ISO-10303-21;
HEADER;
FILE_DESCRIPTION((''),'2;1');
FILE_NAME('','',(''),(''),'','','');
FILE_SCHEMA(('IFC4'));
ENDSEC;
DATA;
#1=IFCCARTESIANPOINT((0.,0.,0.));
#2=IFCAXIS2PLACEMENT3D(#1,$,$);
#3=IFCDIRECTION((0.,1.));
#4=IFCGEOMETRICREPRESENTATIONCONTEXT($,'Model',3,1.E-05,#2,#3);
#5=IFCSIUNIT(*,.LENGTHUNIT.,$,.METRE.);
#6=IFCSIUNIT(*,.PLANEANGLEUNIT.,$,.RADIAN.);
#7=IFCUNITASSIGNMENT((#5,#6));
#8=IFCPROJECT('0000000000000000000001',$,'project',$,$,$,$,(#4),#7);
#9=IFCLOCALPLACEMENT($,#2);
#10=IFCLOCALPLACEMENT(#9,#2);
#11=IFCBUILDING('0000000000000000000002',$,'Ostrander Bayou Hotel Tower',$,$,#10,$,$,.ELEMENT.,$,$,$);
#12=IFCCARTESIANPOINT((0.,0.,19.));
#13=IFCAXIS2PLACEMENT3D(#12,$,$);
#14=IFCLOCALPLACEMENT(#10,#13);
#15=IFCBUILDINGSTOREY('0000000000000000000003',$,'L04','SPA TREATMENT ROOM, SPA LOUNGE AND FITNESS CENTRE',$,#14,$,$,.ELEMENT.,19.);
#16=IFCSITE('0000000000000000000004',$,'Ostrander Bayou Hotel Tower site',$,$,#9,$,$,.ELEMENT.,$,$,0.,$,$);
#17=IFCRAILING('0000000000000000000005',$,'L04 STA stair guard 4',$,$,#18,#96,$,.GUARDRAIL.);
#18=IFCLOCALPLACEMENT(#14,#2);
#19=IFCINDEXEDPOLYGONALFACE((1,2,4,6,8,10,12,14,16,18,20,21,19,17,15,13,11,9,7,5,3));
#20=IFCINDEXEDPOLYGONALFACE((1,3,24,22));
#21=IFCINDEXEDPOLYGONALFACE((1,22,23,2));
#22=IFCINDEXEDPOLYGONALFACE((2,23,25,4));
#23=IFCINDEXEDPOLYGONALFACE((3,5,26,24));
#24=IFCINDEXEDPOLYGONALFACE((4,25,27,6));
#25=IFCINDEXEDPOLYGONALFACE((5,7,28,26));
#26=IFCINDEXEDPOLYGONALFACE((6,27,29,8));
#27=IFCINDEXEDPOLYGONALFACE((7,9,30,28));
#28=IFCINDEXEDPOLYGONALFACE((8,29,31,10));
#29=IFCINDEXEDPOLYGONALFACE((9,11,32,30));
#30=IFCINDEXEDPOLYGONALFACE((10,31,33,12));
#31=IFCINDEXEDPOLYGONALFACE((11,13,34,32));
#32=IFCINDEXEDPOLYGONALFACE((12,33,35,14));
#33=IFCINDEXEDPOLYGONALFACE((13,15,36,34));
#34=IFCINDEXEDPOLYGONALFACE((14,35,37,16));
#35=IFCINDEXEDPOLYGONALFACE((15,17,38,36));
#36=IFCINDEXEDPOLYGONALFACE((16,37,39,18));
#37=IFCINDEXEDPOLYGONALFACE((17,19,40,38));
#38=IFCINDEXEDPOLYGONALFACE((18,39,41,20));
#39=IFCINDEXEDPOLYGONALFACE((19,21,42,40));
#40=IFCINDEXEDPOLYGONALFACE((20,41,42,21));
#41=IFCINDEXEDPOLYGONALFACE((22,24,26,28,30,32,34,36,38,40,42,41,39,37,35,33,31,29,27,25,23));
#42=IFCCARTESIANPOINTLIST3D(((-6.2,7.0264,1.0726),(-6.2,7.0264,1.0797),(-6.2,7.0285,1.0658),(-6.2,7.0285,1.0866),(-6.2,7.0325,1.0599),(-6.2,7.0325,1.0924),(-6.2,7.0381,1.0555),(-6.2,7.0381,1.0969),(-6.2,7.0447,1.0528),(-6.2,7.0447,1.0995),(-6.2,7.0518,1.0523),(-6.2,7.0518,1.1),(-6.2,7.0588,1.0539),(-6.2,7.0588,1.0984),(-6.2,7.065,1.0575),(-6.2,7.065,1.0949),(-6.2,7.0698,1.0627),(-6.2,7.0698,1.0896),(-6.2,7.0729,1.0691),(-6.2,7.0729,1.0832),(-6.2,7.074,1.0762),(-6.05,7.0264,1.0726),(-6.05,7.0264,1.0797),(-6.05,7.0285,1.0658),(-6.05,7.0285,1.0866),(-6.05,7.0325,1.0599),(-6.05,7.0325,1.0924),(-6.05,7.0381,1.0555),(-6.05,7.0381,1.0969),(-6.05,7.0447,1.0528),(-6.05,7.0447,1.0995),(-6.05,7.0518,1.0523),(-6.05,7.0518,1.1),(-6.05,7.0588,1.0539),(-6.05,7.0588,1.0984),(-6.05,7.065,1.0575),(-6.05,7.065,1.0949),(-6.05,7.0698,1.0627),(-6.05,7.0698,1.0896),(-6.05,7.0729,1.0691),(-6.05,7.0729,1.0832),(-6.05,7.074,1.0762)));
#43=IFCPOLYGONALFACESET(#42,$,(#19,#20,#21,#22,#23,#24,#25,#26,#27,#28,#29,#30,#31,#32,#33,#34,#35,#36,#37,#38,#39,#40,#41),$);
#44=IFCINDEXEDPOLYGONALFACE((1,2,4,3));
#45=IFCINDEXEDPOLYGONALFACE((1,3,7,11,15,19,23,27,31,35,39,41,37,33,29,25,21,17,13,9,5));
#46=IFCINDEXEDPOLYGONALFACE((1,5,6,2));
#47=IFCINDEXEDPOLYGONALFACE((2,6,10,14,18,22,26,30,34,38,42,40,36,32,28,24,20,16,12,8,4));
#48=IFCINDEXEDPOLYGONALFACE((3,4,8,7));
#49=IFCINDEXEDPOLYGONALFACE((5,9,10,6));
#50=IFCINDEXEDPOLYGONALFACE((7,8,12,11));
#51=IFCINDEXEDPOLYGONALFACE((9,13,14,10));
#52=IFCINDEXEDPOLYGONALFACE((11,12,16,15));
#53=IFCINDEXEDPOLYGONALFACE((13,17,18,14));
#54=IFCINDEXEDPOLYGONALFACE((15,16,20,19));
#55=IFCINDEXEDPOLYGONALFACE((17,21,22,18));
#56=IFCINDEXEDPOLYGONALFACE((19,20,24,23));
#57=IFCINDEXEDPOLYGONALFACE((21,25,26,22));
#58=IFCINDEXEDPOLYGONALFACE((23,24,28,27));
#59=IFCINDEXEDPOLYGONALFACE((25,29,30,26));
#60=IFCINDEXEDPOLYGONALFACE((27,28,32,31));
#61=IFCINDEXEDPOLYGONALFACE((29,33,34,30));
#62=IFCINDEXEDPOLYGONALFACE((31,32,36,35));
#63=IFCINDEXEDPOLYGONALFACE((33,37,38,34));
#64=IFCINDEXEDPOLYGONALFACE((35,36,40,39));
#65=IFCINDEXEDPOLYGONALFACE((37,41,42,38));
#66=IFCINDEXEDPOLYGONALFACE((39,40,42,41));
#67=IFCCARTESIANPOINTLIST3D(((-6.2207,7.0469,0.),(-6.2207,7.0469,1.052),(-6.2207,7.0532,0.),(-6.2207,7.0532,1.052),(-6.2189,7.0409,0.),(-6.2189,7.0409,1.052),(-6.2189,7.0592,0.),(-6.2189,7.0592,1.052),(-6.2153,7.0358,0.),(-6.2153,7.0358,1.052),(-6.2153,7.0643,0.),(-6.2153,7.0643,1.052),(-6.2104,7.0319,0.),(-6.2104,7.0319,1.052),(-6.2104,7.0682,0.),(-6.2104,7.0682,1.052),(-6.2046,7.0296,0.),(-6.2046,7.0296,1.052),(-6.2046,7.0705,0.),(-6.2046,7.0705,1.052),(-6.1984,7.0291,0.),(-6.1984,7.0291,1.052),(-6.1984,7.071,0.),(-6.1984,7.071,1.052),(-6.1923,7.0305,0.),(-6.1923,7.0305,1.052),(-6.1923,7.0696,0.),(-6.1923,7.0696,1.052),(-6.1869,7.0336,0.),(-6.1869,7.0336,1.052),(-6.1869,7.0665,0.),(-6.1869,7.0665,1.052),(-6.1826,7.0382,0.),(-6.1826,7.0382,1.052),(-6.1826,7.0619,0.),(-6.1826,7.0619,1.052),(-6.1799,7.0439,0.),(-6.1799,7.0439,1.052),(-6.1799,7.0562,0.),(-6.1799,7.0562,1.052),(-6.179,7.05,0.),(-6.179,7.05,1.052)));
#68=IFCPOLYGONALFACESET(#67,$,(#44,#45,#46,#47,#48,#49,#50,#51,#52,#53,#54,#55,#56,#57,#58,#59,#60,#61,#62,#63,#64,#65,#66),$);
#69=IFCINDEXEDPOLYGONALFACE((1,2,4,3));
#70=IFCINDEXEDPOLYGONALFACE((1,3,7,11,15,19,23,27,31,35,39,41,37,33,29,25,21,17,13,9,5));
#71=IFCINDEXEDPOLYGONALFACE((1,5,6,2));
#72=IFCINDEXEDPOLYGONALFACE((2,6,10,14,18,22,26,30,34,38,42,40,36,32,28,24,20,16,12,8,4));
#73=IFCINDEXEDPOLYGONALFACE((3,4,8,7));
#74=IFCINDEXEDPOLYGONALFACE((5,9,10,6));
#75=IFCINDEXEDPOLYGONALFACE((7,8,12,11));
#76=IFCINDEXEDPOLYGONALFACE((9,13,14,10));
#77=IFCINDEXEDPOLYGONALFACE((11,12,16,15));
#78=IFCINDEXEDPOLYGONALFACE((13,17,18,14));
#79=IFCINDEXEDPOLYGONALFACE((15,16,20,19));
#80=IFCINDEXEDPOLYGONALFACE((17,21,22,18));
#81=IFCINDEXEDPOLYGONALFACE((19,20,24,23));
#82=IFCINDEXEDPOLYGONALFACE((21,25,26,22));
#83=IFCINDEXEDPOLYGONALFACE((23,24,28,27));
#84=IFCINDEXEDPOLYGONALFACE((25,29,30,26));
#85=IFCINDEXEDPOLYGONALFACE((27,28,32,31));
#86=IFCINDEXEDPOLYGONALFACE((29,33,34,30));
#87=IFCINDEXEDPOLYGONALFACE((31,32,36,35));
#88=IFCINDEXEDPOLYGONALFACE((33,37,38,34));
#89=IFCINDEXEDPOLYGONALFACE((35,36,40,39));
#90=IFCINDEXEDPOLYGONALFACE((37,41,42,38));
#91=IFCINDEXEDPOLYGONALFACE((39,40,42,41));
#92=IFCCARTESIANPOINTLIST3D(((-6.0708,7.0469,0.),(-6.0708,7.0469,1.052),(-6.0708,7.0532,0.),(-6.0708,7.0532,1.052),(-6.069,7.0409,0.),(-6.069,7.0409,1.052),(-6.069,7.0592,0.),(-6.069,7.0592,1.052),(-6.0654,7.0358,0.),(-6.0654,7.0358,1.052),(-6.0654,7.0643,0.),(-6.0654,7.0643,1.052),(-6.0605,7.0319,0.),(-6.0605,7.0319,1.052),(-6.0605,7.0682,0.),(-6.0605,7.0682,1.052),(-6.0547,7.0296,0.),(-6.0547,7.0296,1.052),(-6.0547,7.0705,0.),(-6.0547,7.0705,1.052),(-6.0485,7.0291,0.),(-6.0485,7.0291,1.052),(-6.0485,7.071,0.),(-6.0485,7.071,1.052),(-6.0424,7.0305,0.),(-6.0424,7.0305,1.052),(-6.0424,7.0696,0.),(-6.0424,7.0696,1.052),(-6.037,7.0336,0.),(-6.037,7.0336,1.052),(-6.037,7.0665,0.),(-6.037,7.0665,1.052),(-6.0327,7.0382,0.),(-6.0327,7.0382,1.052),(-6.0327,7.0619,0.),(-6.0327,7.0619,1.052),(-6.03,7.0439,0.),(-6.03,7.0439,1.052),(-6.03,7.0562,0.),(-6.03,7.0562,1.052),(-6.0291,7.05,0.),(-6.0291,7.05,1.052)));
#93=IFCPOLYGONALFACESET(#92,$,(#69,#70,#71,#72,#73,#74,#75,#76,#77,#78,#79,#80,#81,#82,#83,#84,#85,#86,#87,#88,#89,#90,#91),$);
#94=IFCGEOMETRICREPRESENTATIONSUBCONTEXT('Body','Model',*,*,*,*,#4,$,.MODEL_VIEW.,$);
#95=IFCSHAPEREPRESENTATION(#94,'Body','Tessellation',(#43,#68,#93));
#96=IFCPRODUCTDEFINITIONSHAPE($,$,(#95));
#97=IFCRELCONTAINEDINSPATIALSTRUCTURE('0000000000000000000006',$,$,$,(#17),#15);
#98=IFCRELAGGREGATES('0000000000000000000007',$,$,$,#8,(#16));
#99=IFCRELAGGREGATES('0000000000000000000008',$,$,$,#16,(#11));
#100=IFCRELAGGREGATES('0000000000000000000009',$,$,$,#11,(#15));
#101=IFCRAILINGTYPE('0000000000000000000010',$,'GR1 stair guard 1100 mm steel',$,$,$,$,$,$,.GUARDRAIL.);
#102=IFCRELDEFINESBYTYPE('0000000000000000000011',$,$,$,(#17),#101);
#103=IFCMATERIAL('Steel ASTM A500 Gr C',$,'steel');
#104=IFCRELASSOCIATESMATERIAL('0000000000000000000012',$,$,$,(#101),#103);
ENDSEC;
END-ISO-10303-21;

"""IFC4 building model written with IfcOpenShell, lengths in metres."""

from ifc_helpers import new_model, si_unit, direction, frame, origin, origin_2d, place, context, subcontext, project, spatial, circle, extrude, material, type_object, element, save


model = new_model("IFC4")

# Units and contexts
model_context = context("Model", 3, precision=1e-05, world=origin(), true_north=direction((0.0, 1.0)))
body_context = subcontext(model_context, "Body", "Model", "MODEL_VIEW")
ifc_project = project(units=[si_unit("LENGTHUNIT", "METRE"), si_unit("PLANEANGLEUNIT", "RADIAN")], contexts=[model_context])

# Site, building, storey
site_placement = place(None, origin())
site = spatial("IfcSite", under=ifc_project, at=site_placement, Name="Ostrander Bayou Hotel Tower site", CompositionType="ELEMENT", RefElevation=0.0)
building_placement = place(site_placement, origin())
building = spatial("IfcBuilding", under=site, at=building_placement, Name="Ostrander Bayou Hotel Tower", CompositionType="ELEMENT")
storey_placement = place(building_placement, frame((0.0, 0.0, 19.0)))
storey = spatial("IfcBuildingStorey", under=building, at=storey_placement, Name="L04", Description="SPA TREATMENT ROOM, SPA LOUNGE AND FITNESS CENTRE", CompositionType="ELEMENT", Elevation=19.0)

# Railing
ifc_material_1 = material(Name="Steel ASTM A500 Gr C", Category="steel")
railing_type_1 = type_object("IfcRailingType", Name="GR1 stair guard 1100 mm steel", PredefinedType="GUARDRAIL", material=ifc_material_1)
railing_1_placement = place(storey_placement, frame((-6.2, 7.05, 0.0)))
element("IfcRailing", 1, at=railing_1_placement, inside=storey, type_object=railing_type_1, Name="L04 STA stair guard 4", PredefinedType="GUARDRAIL", context=body_context, shape_type="SweptSolid", body=[
    extrude(circle(Radius=0.0239, at=origin_2d()), frame((0.0, 0.0, 1.0762), z_axis=(1.0, 0.0, 0.0), x_axis=(0.0, 1.0, 0.0)), (0.0, 0.0, 1.0), 0.1499),
    extrude(circle(Radius=0.021, at=origin_2d()), origin(), (0.0, 0.0, 1.0), 1.052),
    extrude(circle(Radius=0.021, at=origin_2d()), frame((0.1499, 0.0, 0.0)), (0.0, 0.0, 1.0), 1.052),
])

save(model, "model.ifc")
